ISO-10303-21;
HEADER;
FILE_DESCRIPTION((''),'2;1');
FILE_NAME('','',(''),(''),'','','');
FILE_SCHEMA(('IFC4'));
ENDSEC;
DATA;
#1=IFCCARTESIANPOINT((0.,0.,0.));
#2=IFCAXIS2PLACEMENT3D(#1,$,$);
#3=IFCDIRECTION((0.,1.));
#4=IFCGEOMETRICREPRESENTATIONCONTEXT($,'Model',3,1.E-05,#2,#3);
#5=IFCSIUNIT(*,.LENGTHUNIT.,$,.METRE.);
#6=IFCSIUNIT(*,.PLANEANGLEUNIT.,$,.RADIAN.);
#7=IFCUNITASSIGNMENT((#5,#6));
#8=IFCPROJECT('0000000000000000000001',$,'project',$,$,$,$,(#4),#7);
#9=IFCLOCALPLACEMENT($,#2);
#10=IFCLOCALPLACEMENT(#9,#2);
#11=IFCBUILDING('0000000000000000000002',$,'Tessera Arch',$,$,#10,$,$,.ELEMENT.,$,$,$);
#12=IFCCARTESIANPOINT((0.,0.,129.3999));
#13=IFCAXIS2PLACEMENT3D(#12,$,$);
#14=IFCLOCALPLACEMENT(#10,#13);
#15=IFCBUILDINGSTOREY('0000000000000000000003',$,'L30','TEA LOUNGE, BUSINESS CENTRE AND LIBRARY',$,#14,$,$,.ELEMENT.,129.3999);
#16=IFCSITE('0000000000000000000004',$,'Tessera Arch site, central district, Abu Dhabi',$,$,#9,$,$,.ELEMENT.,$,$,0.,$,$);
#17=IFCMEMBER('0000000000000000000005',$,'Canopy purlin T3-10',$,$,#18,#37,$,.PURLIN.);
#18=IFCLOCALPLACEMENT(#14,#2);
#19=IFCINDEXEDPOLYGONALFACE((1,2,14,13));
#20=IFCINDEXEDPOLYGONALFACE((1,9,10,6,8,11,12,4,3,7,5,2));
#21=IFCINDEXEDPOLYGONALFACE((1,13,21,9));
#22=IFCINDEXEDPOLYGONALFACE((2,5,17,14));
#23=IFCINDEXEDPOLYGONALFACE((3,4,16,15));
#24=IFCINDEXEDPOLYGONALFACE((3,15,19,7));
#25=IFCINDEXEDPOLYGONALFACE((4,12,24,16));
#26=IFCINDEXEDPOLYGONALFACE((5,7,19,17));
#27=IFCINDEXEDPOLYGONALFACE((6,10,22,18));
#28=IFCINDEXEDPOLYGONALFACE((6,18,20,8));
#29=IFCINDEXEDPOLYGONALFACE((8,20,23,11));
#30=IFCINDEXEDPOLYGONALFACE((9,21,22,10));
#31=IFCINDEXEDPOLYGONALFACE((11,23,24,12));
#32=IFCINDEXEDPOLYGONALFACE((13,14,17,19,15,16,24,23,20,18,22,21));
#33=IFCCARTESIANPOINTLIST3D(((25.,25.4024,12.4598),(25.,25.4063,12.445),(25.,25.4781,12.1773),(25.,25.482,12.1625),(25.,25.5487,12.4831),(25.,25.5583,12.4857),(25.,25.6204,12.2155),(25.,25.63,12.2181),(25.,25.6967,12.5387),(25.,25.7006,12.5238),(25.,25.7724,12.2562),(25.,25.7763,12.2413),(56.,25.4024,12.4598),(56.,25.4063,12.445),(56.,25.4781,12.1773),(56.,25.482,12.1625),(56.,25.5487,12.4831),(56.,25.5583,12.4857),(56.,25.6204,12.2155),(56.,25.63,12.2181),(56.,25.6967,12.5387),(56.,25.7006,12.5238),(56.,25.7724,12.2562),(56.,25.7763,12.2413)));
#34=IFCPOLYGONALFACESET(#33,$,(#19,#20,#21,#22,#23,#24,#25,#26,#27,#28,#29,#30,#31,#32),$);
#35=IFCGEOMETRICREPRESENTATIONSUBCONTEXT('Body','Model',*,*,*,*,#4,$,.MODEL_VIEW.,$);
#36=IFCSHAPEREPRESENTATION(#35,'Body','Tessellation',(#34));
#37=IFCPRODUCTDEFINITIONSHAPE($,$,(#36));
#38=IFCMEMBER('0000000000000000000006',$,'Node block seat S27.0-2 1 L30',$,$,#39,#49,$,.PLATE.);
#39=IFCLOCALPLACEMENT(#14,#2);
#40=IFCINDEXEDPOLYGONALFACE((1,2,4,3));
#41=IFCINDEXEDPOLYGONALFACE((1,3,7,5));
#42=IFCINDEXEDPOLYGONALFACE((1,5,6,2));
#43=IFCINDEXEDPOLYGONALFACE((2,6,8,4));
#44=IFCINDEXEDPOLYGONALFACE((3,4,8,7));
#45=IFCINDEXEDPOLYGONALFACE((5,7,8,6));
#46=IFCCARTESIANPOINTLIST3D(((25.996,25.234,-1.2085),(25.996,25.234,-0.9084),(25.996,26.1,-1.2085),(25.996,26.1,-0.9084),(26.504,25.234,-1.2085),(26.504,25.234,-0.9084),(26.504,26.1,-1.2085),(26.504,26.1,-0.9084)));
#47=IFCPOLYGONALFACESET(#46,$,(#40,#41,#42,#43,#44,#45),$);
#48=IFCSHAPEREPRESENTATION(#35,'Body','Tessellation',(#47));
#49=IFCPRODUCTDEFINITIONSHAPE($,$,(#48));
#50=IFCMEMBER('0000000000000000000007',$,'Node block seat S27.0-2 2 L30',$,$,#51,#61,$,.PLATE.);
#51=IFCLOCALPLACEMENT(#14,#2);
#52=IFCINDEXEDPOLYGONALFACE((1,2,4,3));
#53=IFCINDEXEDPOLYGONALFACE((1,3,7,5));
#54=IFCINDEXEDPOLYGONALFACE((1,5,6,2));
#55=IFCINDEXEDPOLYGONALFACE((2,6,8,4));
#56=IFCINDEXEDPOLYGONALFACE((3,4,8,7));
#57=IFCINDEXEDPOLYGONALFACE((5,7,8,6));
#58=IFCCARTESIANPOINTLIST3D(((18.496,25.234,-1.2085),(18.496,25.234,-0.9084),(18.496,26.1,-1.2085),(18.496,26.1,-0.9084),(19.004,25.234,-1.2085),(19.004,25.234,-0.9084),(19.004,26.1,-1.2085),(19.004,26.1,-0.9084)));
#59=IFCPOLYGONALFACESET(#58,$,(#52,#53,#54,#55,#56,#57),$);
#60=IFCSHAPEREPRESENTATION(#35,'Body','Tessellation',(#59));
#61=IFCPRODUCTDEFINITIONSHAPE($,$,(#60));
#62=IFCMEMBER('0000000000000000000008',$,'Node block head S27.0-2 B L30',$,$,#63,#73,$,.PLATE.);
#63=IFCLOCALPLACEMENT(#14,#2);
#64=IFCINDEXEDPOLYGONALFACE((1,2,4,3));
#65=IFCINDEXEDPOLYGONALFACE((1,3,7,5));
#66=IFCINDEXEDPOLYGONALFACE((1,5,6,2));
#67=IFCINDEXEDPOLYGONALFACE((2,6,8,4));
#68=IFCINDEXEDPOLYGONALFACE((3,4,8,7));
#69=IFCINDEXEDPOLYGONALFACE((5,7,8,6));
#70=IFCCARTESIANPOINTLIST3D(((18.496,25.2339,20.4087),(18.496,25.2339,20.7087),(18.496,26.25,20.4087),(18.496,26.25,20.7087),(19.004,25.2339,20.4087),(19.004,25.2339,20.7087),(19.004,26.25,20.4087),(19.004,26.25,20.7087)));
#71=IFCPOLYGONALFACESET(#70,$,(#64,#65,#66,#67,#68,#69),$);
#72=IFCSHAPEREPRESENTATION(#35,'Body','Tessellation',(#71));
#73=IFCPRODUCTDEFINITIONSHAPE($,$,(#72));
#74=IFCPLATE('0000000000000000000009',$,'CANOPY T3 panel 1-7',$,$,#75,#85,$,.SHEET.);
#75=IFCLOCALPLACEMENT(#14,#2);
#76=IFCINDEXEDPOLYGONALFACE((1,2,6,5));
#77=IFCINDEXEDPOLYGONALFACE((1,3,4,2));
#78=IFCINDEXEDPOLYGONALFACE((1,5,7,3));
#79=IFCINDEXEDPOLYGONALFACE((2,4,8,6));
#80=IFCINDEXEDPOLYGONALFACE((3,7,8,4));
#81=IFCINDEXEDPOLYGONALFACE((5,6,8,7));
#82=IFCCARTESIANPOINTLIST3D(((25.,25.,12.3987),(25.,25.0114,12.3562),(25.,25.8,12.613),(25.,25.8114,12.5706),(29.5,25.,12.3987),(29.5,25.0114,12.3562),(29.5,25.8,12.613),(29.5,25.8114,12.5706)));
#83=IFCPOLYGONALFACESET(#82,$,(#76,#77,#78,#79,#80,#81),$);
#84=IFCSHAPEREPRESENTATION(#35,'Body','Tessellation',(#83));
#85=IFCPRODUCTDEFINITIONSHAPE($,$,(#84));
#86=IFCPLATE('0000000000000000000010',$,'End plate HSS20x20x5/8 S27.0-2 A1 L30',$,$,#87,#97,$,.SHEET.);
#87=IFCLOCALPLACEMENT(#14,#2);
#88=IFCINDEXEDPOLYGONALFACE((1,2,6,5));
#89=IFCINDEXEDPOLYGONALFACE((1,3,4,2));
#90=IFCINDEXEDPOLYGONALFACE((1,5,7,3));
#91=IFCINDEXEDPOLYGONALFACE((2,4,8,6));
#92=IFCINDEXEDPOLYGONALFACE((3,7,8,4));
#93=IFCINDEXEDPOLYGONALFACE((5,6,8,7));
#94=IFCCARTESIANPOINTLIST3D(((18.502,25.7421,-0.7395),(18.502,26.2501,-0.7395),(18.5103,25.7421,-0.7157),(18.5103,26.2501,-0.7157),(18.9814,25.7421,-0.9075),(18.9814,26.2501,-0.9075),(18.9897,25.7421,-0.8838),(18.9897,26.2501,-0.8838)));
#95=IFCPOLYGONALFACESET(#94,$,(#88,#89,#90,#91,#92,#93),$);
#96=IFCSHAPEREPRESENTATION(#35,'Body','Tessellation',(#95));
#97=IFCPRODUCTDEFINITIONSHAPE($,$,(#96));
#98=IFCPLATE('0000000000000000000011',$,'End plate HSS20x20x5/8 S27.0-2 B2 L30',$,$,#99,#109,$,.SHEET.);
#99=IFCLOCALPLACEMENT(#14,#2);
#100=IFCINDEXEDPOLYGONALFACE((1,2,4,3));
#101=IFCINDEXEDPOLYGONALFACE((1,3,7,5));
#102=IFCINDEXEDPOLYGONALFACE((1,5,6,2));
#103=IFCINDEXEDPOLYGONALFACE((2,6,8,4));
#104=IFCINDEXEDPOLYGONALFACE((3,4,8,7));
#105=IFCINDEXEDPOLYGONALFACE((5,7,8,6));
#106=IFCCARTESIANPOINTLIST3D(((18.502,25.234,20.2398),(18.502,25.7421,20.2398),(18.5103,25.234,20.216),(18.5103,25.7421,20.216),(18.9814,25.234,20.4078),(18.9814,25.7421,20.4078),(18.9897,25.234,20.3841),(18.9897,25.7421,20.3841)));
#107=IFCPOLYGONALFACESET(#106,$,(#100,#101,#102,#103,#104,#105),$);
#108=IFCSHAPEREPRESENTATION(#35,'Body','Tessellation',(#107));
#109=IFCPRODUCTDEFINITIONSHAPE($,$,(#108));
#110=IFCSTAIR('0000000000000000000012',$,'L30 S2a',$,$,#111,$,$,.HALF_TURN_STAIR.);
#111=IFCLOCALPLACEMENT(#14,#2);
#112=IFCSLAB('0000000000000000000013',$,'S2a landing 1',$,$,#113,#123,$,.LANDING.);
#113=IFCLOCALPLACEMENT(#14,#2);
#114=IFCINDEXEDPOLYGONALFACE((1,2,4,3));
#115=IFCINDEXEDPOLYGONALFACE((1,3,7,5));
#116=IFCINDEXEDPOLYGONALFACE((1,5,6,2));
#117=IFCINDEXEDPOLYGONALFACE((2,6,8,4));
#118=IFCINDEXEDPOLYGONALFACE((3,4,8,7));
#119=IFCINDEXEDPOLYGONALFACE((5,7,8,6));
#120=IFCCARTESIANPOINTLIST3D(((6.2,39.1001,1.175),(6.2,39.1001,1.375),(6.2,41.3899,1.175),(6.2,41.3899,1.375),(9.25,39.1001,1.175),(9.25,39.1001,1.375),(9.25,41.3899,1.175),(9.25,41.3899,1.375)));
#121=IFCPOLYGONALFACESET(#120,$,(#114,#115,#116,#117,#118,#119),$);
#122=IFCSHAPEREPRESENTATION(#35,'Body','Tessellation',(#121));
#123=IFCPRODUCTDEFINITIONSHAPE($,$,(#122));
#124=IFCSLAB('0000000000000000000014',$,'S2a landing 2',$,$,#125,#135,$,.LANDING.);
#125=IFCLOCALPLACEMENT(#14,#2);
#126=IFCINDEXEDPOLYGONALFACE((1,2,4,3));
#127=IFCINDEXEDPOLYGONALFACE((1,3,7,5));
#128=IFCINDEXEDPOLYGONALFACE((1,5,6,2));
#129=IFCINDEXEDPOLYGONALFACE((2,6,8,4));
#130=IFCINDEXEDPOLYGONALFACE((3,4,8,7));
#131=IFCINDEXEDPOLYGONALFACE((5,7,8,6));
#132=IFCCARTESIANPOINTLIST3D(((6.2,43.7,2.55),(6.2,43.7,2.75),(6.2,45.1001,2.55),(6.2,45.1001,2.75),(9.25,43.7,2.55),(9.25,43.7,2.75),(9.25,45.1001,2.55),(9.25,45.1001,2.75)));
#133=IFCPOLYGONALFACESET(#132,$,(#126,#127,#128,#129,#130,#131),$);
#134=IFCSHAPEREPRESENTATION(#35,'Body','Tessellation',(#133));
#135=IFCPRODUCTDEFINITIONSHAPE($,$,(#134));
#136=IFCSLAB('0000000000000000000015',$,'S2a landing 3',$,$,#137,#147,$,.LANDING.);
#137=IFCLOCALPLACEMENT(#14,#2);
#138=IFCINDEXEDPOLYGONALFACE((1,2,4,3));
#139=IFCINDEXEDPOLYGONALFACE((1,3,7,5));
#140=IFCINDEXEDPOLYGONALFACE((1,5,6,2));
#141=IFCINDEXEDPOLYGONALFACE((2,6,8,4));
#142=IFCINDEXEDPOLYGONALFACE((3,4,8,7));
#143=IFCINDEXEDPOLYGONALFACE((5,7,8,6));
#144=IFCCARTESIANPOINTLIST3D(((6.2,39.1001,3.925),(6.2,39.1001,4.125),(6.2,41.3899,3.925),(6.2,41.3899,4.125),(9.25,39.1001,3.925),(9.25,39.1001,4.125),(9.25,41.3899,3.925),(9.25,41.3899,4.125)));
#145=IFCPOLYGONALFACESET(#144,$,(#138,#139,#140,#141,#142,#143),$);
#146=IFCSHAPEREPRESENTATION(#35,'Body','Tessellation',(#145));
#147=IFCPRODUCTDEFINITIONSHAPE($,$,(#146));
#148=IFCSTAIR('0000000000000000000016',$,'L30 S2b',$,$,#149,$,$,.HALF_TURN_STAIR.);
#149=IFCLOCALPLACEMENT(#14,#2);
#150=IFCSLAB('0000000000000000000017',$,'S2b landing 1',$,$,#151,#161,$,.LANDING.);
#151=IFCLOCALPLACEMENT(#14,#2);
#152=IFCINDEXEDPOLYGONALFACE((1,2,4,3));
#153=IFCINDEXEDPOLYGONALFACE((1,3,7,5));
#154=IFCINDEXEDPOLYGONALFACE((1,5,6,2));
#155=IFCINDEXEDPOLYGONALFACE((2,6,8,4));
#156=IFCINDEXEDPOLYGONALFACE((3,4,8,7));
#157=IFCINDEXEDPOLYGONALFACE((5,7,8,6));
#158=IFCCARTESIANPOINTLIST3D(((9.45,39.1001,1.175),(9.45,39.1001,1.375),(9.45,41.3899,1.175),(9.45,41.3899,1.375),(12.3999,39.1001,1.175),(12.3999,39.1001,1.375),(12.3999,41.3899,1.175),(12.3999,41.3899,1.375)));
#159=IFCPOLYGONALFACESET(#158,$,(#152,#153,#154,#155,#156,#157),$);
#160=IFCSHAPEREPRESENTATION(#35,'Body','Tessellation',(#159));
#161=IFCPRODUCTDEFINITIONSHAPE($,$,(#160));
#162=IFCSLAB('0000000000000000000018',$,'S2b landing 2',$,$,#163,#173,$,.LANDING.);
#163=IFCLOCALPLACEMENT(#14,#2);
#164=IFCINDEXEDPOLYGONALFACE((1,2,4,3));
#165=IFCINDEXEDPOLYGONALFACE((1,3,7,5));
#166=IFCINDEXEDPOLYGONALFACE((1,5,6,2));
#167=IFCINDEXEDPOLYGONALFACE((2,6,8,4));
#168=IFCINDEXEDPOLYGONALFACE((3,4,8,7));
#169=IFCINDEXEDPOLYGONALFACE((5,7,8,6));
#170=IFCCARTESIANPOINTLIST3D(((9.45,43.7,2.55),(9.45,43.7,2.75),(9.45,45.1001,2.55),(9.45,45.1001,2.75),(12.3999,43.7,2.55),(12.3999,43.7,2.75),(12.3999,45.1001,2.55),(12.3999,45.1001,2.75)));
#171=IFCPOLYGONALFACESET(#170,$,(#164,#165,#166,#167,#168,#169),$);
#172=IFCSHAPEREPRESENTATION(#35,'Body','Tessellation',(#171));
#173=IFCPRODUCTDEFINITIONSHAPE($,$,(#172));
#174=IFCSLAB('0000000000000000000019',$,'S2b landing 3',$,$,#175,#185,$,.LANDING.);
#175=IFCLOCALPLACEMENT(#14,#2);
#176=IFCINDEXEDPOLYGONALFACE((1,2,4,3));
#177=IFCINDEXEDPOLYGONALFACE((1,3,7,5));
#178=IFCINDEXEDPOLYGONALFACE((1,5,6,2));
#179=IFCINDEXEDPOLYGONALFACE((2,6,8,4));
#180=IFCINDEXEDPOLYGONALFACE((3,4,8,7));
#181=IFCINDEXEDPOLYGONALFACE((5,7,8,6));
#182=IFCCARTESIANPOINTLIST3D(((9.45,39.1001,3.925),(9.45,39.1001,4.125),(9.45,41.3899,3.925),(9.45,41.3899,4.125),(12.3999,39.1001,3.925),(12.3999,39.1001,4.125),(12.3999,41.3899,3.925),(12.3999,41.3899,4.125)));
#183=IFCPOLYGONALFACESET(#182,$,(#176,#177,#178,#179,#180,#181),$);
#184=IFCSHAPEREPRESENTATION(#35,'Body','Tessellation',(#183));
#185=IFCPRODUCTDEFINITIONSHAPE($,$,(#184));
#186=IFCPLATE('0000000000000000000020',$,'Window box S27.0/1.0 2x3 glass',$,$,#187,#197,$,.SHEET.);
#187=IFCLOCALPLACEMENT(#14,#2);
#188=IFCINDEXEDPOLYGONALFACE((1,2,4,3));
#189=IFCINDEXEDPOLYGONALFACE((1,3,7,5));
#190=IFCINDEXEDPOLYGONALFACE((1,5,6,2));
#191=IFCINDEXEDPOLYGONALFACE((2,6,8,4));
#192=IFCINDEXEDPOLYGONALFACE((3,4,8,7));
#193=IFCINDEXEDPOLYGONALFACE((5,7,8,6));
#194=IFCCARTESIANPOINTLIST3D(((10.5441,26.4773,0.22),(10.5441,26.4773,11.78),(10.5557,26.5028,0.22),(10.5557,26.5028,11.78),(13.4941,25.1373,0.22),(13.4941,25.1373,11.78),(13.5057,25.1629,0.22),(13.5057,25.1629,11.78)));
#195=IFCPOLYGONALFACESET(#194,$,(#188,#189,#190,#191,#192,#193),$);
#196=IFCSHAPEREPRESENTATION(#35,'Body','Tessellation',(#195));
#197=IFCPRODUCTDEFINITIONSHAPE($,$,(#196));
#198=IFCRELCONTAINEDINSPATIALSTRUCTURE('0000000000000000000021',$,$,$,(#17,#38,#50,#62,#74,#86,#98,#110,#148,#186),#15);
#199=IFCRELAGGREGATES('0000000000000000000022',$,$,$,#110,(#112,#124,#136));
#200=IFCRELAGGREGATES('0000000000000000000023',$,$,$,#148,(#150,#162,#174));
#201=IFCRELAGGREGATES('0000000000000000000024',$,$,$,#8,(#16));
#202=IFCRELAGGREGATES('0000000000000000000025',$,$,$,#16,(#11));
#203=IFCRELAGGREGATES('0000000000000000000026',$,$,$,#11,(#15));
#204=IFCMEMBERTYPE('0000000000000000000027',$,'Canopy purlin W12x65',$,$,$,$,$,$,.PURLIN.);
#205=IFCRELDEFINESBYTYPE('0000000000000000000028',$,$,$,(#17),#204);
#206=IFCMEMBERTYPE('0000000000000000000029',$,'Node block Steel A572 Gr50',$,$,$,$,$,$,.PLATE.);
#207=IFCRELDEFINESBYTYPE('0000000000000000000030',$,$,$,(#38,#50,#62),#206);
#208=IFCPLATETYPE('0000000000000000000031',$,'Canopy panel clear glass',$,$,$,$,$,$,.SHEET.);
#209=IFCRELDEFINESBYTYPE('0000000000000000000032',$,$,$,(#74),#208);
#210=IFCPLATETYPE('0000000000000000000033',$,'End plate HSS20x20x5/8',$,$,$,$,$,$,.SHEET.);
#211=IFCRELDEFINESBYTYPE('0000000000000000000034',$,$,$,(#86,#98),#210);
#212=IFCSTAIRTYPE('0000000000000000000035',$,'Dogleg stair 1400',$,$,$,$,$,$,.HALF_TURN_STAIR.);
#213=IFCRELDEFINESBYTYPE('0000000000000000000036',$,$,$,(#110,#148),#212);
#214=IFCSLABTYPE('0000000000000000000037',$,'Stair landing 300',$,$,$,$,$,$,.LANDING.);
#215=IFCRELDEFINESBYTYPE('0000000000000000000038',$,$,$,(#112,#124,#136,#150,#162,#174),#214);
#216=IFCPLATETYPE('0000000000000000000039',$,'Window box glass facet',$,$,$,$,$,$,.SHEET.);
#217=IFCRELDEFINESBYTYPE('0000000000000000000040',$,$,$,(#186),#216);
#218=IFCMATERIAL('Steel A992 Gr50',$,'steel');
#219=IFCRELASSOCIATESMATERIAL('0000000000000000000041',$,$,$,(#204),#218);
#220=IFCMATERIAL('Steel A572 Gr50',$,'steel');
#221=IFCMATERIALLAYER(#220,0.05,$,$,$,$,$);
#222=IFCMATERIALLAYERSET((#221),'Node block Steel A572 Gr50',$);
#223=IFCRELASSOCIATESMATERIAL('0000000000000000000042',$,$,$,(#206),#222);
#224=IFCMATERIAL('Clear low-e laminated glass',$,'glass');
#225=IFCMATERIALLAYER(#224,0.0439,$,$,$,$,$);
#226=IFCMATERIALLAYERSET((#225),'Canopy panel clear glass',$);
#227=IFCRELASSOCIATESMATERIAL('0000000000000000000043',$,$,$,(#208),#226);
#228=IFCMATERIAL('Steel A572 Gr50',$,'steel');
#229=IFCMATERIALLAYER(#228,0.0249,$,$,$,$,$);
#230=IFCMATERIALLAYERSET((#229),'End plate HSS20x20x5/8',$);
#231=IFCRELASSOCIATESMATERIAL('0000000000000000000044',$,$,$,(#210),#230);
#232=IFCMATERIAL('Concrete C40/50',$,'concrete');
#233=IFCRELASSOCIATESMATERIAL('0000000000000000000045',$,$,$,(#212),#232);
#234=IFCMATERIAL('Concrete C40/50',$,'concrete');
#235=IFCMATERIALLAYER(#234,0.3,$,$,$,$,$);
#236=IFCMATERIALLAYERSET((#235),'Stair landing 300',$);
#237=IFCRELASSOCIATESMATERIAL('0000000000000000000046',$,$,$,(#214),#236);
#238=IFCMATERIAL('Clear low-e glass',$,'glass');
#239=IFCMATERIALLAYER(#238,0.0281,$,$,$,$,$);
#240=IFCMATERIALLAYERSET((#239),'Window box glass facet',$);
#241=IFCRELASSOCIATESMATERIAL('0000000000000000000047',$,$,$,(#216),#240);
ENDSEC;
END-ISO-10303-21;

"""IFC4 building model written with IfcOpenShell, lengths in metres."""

from ifc_helpers import new_model, si_unit, direction, frame, origin, origin_2d, place, context, subcontext, project, spatial, polyline, rectangle, i_section, outline, extrude, material, layer, layer_set, material_profile, profile_set, type_object, element, aggregate, save


model = new_model("IFC4")

# Units and contexts
model_context = context("Model", 3, precision=1e-05, world=origin(), true_north=direction((0.0, 1.0)))
body_context = subcontext(model_context, "Body", "Model", "MODEL_VIEW")
ifc_project = project(units=[si_unit("LENGTHUNIT", "METRE"), si_unit("PLANEANGLEUNIT", "RADIAN")], contexts=[model_context])

# Site, building, storey
site_placement = place(None, origin())
site = spatial("IfcSite", under=ifc_project, at=site_placement, Name="Tessera Arch site, central district, Abu Dhabi", CompositionType="ELEMENT", RefElevation=0.0)
building_placement = place(site_placement, origin())
building = spatial("IfcBuilding", under=site, at=building_placement, Name="Tessera Arch", CompositionType="ELEMENT")
storey_placement = place(building_placement, frame((0.0, 0.0, 129.3999)))
storey = spatial("IfcBuildingStorey", under=building, at=storey_placement, Name="L30", Description="TEA LOUNGE, BUSINESS CENTRE AND LIBRARY", CompositionType="ELEMENT", Elevation=129.3999)

# Members
ifc_material_1 = material(Name="Steel A992 Gr50", Category="steel")
ifc_material_profile_1 = material_profile(ifc_material_1, i_section(OverallWidth=0.3047, OverallDepth=0.3079, WebThickness=0.01, FlangeThickness=0.0154, at=origin_2d()), Name="W12x65")
ifc_profile_set_1 = profile_set([ifc_material_profile_1], Name="Steel A992 Gr50")
member_type_1 = type_object("IfcMemberType", Name="Canopy purlin W12x65", PredefinedType="PURLIN", material=ifc_profile_set_1)
for number, where, z_axis, x_axis, name in (
    (1, (25.0, 25.5894, 12.3506), (1.0, 0.0, 0.0), (0.0, 0.965926, 0.258819), "Canopy purlin T3-10"),
):
    element("IfcMember", number, at=place(storey_placement, frame(where, z_axis=z_axis, x_axis=x_axis)), inside=storey, type_object=member_type_1, Name=name, PredefinedType="PURLIN", context=body_context, shape_type="SweptSolid", body=[
        extrude(i_section(OverallWidth=0.3047, OverallDepth=0.3079, WebThickness=0.01, FlangeThickness=0.0154, at=origin_2d()), origin(), (0.0, 0.0, 1.0), 31.0),
    ])
ifc_material_2 = material(Name="Steel A572 Gr50", Category="steel")
ifc_layer_1 = layer(ifc_material_2, 0.05)
ifc_layer_set_1 = layer_set([ifc_layer_1], Name="Node block Steel A572 Gr50")
member_type_2 = type_object("IfcMemberType", Name="Node block Steel A572 Gr50", PredefinedType="PLATE", material=ifc_layer_set_1)
for number, where, z_axis, x_axis, name in (
    (2, (26.25, 25.667, -1.2085), (0.0, 0.0, 1.0), (1.0, 0.0, 0.0), "Node block seat S27.0-2 1 L30"),
    (3, (18.75, 25.667, -1.2085), (0.0, 0.0, 1.0), (1.0, 0.0, 0.0), "Node block seat S27.0-2 2 L30"),
):
    element("IfcMember", number, at=place(storey_placement, frame(where, z_axis=z_axis, x_axis=x_axis)), inside=storey, type_object=member_type_2, Name=name, PredefinedType="PLATE", context=body_context, shape_type="SweptSolid", body=[
        extrude(rectangle(XDim=0.5081, YDim=0.866, at=origin_2d()), origin(), (0.0, 0.0, 1.0), 0.3),
    ])
member_1_placement = place(storey_placement, frame((18.75, 25.7419, 20.4087), z_axis=(0.0, 0.0, 1.0), x_axis=(1.0, 0.0, 0.0)))
element("IfcMember", 4, at=member_1_placement, inside=storey, type_object=member_type_2, Name="Node block head S27.0-2 B L30", PredefinedType="PLATE", context=body_context, shape_type="SweptSolid", body=[
    extrude(rectangle(XDim=0.5081, YDim=1.0161, at=origin_2d()), origin(), (0.0, 0.0, 1.0), 0.3),
])

# Plates
ifc_material_3 = material(Name="Clear low-e laminated glass", Category="glass")
ifc_layer_2 = layer(ifc_material_3, 0.0439)
ifc_layer_set_2 = layer_set([ifc_layer_2], Name="Canopy panel clear glass")
plate_type_1 = type_object("IfcPlateType", Name="Canopy panel clear glass", PredefinedType="SHEET", material=ifc_layer_set_2)
plate_1_placement = place(storey_placement, frame((25.0, 25.0, 12.3987), z_axis=(0.0, -0.2588, 0.965931), x_axis=(1.0, 0.0, 0.0)))
element("IfcPlate", 5, at=plate_1_placement, inside=storey, type_object=plate_type_1, Name="CANOPY T3 panel 1-7", PredefinedType="SHEET", context=body_context, shape_type="SweptSolid", body=[
    extrude(outline(polyline([(0.0, 0.0), (4.5, 0.0), (4.5, 0.8283), (0.0, 0.8283), (0.0, 0.0)])), origin(), (0.0, 0.0, -1.0), 0.0439),
])
ifc_material_4 = material(Name="Steel A572 Gr50", Category="steel")
ifc_layer_3 = layer(ifc_material_4, 0.0249)
ifc_layer_set_3 = layer_set([ifc_layer_3], Name="End plate HSS20x20x5/8")
plate_type_2 = type_object("IfcPlateType", Name="End plate HSS20x20x5/8", PredefinedType="SHEET", material=ifc_layer_set_3)
for number, where, z_axis, x_axis, name in (
    (6, (18.7417, 25.9961, -0.8235), (0.330784, 0.0, 0.943707), (0.0, 1.0, 0.0), "End plate HSS20x20x5/8 S27.0-2 A1 L30"),
    (7, (18.75, 25.488, 20.3), (-0.330784, 0.0, 0.943707), (0.0, -1.0, 0.0), "End plate HSS20x20x5/8 S27.0-2 B2 L30"),
):
    element("IfcPlate", number, at=place(storey_placement, frame(where, z_axis=z_axis, x_axis=x_axis)), inside=storey, type_object=plate_type_2, Name=name, PredefinedType="SHEET", context=body_context, shape_type="SweptSolid", body=[
        extrude(rectangle(XDim=0.5081, YDim=0.5081, at=origin_2d()), origin(), (0.0, 0.0, 1.0), 0.0251),
    ])

# Stairs, slabs
ifc_material_5 = material(Name="Concrete C40/50", Category="concrete")
stair_type = type_object("IfcStairType", Name="Dogleg stair 1400", PredefinedType="HALF_TURN_STAIR", material=ifc_material_5)
stair_1_placement = place(storey_placement, origin())
stair_1 = element("IfcStair", 8, at=stair_1_placement, inside=storey, type_object=stair_type, Name="L30 S2a", PredefinedType="HALF_TURN_STAIR")
ifc_material_6 = material(Name="Concrete C40/50", Category="concrete")
ifc_layer_4 = layer(ifc_material_6, 0.3)
ifc_layer_set_4 = layer_set([ifc_layer_4], Name="Stair landing 300")
slab_type = type_object("IfcSlabType", Name="Stair landing 300", PredefinedType="LANDING", material=ifc_layer_set_4)
slab_1_placement = place(storey_placement, frame((0.0, 0.0, 1.175)))
slab_1 = element("IfcSlab", 9, at=slab_1_placement, type_object=slab_type, Name="S2a landing 1", PredefinedType="LANDING", context=body_context, shape_type="SweptSolid", body=[
    extrude(outline(polyline([(6.2, 41.3899), (6.2, 39.1001), (9.25, 39.1001), (9.25, 41.3899), (6.2, 41.3899)])), origin(), (0.0, 0.0, 1.0), 0.2),
])
slab_2_placement = place(storey_placement, frame((0.0, 0.0, 2.55)))
slab_2 = element("IfcSlab", 10, at=slab_2_placement, type_object=slab_type, Name="S2a landing 2", PredefinedType="LANDING", context=body_context, shape_type="SweptSolid", body=[
    extrude(outline(polyline([(6.2, 45.1001), (6.2, 43.7), (9.25, 43.7), (9.25, 45.1001), (6.2, 45.1001)])), origin(), (0.0, 0.0, 1.0), 0.2),
])
slab_3_placement = place(storey_placement, frame((0.0, 0.0, 3.925)))
slab_3 = element("IfcSlab", 11, at=slab_3_placement, type_object=slab_type, Name="S2a landing 3", PredefinedType="LANDING", context=body_context, shape_type="SweptSolid", body=[
    extrude(outline(polyline([(6.2, 41.3899), (6.2, 39.1001), (9.25, 39.1001), (9.25, 41.3899), (6.2, 41.3899)])), origin(), (0.0, 0.0, 1.0), 0.2),
])
aggregate(stair_1, [slab_1, slab_2, slab_3])
stair_2_placement = place(storey_placement, origin())
stair_2 = element("IfcStair", 12, at=stair_2_placement, inside=storey, type_object=stair_type, Name="L30 S2b", PredefinedType="HALF_TURN_STAIR")
slab_4_placement = place(storey_placement, frame((0.0, 0.0, 1.175)))
slab_4 = element("IfcSlab", 13, at=slab_4_placement, type_object=slab_type, Name="S2b landing 1", PredefinedType="LANDING", context=body_context, shape_type="SweptSolid", body=[
    extrude(outline(polyline([(9.45, 41.3899), (9.45, 39.1001), (12.3999, 39.1001), (12.3999, 41.3899), (9.45, 41.3899)])), origin(), (0.0, 0.0, 1.0), 0.2),
])
slab_5_placement = place(storey_placement, frame((0.0, 0.0, 2.55)))
slab_5 = element("IfcSlab", 14, at=slab_5_placement, type_object=slab_type, Name="S2b landing 2", PredefinedType="LANDING", context=body_context, shape_type="SweptSolid", body=[
    extrude(outline(polyline([(9.45, 45.1001), (9.45, 43.7), (12.3999, 43.7), (12.3999, 45.1001), (9.45, 45.1001)])), origin(), (0.0, 0.0, 1.0), 0.2),
])
slab_6_placement = place(storey_placement, frame((0.0, 0.0, 3.925)))
slab_6 = element("IfcSlab", 15, at=slab_6_placement, type_object=slab_type, Name="S2b landing 3", PredefinedType="LANDING", context=body_context, shape_type="SweptSolid", body=[
    extrude(outline(polyline([(9.45, 41.3899), (9.45, 39.1001), (12.3999, 39.1001), (12.3999, 41.3899), (9.45, 41.3899)])), origin(), (0.0, 0.0, 1.0), 0.2),
])
aggregate(stair_2, [slab_4, slab_5, slab_6])

# Plate
ifc_material_7 = material(Name="Clear low-e glass", Category="glass")
ifc_layer_5 = layer(ifc_material_7, 0.0281)
ifc_layer_set_5 = layer_set([ifc_layer_5], Name="Window box glass facet")
plate_type_3 = type_object("IfcPlateType", Name="Window box glass facet", PredefinedType="SHEET", material=ifc_layer_set_5)
plate_2_placement = place(storey_placement, frame((12.0249, 25.8201, 0.22), z_axis=(0.0, 0.0, 1.0), x_axis=(0.910472, -0.41357, 0.0)))
element("IfcPlate", 16, at=plate_2_placement, inside=storey, type_object=plate_type_3, Name="Window box S27.0/1.0 2x3 glass", PredefinedType="SHEET", context=body_context, shape_type="SweptSolid", body=[
    extrude(rectangle(XDim=3.24, YDim=0.0281, at=origin_2d()), origin(), (0.0, 0.0, 1.0), 11.5601),
])

save(model, "model.ifc")
